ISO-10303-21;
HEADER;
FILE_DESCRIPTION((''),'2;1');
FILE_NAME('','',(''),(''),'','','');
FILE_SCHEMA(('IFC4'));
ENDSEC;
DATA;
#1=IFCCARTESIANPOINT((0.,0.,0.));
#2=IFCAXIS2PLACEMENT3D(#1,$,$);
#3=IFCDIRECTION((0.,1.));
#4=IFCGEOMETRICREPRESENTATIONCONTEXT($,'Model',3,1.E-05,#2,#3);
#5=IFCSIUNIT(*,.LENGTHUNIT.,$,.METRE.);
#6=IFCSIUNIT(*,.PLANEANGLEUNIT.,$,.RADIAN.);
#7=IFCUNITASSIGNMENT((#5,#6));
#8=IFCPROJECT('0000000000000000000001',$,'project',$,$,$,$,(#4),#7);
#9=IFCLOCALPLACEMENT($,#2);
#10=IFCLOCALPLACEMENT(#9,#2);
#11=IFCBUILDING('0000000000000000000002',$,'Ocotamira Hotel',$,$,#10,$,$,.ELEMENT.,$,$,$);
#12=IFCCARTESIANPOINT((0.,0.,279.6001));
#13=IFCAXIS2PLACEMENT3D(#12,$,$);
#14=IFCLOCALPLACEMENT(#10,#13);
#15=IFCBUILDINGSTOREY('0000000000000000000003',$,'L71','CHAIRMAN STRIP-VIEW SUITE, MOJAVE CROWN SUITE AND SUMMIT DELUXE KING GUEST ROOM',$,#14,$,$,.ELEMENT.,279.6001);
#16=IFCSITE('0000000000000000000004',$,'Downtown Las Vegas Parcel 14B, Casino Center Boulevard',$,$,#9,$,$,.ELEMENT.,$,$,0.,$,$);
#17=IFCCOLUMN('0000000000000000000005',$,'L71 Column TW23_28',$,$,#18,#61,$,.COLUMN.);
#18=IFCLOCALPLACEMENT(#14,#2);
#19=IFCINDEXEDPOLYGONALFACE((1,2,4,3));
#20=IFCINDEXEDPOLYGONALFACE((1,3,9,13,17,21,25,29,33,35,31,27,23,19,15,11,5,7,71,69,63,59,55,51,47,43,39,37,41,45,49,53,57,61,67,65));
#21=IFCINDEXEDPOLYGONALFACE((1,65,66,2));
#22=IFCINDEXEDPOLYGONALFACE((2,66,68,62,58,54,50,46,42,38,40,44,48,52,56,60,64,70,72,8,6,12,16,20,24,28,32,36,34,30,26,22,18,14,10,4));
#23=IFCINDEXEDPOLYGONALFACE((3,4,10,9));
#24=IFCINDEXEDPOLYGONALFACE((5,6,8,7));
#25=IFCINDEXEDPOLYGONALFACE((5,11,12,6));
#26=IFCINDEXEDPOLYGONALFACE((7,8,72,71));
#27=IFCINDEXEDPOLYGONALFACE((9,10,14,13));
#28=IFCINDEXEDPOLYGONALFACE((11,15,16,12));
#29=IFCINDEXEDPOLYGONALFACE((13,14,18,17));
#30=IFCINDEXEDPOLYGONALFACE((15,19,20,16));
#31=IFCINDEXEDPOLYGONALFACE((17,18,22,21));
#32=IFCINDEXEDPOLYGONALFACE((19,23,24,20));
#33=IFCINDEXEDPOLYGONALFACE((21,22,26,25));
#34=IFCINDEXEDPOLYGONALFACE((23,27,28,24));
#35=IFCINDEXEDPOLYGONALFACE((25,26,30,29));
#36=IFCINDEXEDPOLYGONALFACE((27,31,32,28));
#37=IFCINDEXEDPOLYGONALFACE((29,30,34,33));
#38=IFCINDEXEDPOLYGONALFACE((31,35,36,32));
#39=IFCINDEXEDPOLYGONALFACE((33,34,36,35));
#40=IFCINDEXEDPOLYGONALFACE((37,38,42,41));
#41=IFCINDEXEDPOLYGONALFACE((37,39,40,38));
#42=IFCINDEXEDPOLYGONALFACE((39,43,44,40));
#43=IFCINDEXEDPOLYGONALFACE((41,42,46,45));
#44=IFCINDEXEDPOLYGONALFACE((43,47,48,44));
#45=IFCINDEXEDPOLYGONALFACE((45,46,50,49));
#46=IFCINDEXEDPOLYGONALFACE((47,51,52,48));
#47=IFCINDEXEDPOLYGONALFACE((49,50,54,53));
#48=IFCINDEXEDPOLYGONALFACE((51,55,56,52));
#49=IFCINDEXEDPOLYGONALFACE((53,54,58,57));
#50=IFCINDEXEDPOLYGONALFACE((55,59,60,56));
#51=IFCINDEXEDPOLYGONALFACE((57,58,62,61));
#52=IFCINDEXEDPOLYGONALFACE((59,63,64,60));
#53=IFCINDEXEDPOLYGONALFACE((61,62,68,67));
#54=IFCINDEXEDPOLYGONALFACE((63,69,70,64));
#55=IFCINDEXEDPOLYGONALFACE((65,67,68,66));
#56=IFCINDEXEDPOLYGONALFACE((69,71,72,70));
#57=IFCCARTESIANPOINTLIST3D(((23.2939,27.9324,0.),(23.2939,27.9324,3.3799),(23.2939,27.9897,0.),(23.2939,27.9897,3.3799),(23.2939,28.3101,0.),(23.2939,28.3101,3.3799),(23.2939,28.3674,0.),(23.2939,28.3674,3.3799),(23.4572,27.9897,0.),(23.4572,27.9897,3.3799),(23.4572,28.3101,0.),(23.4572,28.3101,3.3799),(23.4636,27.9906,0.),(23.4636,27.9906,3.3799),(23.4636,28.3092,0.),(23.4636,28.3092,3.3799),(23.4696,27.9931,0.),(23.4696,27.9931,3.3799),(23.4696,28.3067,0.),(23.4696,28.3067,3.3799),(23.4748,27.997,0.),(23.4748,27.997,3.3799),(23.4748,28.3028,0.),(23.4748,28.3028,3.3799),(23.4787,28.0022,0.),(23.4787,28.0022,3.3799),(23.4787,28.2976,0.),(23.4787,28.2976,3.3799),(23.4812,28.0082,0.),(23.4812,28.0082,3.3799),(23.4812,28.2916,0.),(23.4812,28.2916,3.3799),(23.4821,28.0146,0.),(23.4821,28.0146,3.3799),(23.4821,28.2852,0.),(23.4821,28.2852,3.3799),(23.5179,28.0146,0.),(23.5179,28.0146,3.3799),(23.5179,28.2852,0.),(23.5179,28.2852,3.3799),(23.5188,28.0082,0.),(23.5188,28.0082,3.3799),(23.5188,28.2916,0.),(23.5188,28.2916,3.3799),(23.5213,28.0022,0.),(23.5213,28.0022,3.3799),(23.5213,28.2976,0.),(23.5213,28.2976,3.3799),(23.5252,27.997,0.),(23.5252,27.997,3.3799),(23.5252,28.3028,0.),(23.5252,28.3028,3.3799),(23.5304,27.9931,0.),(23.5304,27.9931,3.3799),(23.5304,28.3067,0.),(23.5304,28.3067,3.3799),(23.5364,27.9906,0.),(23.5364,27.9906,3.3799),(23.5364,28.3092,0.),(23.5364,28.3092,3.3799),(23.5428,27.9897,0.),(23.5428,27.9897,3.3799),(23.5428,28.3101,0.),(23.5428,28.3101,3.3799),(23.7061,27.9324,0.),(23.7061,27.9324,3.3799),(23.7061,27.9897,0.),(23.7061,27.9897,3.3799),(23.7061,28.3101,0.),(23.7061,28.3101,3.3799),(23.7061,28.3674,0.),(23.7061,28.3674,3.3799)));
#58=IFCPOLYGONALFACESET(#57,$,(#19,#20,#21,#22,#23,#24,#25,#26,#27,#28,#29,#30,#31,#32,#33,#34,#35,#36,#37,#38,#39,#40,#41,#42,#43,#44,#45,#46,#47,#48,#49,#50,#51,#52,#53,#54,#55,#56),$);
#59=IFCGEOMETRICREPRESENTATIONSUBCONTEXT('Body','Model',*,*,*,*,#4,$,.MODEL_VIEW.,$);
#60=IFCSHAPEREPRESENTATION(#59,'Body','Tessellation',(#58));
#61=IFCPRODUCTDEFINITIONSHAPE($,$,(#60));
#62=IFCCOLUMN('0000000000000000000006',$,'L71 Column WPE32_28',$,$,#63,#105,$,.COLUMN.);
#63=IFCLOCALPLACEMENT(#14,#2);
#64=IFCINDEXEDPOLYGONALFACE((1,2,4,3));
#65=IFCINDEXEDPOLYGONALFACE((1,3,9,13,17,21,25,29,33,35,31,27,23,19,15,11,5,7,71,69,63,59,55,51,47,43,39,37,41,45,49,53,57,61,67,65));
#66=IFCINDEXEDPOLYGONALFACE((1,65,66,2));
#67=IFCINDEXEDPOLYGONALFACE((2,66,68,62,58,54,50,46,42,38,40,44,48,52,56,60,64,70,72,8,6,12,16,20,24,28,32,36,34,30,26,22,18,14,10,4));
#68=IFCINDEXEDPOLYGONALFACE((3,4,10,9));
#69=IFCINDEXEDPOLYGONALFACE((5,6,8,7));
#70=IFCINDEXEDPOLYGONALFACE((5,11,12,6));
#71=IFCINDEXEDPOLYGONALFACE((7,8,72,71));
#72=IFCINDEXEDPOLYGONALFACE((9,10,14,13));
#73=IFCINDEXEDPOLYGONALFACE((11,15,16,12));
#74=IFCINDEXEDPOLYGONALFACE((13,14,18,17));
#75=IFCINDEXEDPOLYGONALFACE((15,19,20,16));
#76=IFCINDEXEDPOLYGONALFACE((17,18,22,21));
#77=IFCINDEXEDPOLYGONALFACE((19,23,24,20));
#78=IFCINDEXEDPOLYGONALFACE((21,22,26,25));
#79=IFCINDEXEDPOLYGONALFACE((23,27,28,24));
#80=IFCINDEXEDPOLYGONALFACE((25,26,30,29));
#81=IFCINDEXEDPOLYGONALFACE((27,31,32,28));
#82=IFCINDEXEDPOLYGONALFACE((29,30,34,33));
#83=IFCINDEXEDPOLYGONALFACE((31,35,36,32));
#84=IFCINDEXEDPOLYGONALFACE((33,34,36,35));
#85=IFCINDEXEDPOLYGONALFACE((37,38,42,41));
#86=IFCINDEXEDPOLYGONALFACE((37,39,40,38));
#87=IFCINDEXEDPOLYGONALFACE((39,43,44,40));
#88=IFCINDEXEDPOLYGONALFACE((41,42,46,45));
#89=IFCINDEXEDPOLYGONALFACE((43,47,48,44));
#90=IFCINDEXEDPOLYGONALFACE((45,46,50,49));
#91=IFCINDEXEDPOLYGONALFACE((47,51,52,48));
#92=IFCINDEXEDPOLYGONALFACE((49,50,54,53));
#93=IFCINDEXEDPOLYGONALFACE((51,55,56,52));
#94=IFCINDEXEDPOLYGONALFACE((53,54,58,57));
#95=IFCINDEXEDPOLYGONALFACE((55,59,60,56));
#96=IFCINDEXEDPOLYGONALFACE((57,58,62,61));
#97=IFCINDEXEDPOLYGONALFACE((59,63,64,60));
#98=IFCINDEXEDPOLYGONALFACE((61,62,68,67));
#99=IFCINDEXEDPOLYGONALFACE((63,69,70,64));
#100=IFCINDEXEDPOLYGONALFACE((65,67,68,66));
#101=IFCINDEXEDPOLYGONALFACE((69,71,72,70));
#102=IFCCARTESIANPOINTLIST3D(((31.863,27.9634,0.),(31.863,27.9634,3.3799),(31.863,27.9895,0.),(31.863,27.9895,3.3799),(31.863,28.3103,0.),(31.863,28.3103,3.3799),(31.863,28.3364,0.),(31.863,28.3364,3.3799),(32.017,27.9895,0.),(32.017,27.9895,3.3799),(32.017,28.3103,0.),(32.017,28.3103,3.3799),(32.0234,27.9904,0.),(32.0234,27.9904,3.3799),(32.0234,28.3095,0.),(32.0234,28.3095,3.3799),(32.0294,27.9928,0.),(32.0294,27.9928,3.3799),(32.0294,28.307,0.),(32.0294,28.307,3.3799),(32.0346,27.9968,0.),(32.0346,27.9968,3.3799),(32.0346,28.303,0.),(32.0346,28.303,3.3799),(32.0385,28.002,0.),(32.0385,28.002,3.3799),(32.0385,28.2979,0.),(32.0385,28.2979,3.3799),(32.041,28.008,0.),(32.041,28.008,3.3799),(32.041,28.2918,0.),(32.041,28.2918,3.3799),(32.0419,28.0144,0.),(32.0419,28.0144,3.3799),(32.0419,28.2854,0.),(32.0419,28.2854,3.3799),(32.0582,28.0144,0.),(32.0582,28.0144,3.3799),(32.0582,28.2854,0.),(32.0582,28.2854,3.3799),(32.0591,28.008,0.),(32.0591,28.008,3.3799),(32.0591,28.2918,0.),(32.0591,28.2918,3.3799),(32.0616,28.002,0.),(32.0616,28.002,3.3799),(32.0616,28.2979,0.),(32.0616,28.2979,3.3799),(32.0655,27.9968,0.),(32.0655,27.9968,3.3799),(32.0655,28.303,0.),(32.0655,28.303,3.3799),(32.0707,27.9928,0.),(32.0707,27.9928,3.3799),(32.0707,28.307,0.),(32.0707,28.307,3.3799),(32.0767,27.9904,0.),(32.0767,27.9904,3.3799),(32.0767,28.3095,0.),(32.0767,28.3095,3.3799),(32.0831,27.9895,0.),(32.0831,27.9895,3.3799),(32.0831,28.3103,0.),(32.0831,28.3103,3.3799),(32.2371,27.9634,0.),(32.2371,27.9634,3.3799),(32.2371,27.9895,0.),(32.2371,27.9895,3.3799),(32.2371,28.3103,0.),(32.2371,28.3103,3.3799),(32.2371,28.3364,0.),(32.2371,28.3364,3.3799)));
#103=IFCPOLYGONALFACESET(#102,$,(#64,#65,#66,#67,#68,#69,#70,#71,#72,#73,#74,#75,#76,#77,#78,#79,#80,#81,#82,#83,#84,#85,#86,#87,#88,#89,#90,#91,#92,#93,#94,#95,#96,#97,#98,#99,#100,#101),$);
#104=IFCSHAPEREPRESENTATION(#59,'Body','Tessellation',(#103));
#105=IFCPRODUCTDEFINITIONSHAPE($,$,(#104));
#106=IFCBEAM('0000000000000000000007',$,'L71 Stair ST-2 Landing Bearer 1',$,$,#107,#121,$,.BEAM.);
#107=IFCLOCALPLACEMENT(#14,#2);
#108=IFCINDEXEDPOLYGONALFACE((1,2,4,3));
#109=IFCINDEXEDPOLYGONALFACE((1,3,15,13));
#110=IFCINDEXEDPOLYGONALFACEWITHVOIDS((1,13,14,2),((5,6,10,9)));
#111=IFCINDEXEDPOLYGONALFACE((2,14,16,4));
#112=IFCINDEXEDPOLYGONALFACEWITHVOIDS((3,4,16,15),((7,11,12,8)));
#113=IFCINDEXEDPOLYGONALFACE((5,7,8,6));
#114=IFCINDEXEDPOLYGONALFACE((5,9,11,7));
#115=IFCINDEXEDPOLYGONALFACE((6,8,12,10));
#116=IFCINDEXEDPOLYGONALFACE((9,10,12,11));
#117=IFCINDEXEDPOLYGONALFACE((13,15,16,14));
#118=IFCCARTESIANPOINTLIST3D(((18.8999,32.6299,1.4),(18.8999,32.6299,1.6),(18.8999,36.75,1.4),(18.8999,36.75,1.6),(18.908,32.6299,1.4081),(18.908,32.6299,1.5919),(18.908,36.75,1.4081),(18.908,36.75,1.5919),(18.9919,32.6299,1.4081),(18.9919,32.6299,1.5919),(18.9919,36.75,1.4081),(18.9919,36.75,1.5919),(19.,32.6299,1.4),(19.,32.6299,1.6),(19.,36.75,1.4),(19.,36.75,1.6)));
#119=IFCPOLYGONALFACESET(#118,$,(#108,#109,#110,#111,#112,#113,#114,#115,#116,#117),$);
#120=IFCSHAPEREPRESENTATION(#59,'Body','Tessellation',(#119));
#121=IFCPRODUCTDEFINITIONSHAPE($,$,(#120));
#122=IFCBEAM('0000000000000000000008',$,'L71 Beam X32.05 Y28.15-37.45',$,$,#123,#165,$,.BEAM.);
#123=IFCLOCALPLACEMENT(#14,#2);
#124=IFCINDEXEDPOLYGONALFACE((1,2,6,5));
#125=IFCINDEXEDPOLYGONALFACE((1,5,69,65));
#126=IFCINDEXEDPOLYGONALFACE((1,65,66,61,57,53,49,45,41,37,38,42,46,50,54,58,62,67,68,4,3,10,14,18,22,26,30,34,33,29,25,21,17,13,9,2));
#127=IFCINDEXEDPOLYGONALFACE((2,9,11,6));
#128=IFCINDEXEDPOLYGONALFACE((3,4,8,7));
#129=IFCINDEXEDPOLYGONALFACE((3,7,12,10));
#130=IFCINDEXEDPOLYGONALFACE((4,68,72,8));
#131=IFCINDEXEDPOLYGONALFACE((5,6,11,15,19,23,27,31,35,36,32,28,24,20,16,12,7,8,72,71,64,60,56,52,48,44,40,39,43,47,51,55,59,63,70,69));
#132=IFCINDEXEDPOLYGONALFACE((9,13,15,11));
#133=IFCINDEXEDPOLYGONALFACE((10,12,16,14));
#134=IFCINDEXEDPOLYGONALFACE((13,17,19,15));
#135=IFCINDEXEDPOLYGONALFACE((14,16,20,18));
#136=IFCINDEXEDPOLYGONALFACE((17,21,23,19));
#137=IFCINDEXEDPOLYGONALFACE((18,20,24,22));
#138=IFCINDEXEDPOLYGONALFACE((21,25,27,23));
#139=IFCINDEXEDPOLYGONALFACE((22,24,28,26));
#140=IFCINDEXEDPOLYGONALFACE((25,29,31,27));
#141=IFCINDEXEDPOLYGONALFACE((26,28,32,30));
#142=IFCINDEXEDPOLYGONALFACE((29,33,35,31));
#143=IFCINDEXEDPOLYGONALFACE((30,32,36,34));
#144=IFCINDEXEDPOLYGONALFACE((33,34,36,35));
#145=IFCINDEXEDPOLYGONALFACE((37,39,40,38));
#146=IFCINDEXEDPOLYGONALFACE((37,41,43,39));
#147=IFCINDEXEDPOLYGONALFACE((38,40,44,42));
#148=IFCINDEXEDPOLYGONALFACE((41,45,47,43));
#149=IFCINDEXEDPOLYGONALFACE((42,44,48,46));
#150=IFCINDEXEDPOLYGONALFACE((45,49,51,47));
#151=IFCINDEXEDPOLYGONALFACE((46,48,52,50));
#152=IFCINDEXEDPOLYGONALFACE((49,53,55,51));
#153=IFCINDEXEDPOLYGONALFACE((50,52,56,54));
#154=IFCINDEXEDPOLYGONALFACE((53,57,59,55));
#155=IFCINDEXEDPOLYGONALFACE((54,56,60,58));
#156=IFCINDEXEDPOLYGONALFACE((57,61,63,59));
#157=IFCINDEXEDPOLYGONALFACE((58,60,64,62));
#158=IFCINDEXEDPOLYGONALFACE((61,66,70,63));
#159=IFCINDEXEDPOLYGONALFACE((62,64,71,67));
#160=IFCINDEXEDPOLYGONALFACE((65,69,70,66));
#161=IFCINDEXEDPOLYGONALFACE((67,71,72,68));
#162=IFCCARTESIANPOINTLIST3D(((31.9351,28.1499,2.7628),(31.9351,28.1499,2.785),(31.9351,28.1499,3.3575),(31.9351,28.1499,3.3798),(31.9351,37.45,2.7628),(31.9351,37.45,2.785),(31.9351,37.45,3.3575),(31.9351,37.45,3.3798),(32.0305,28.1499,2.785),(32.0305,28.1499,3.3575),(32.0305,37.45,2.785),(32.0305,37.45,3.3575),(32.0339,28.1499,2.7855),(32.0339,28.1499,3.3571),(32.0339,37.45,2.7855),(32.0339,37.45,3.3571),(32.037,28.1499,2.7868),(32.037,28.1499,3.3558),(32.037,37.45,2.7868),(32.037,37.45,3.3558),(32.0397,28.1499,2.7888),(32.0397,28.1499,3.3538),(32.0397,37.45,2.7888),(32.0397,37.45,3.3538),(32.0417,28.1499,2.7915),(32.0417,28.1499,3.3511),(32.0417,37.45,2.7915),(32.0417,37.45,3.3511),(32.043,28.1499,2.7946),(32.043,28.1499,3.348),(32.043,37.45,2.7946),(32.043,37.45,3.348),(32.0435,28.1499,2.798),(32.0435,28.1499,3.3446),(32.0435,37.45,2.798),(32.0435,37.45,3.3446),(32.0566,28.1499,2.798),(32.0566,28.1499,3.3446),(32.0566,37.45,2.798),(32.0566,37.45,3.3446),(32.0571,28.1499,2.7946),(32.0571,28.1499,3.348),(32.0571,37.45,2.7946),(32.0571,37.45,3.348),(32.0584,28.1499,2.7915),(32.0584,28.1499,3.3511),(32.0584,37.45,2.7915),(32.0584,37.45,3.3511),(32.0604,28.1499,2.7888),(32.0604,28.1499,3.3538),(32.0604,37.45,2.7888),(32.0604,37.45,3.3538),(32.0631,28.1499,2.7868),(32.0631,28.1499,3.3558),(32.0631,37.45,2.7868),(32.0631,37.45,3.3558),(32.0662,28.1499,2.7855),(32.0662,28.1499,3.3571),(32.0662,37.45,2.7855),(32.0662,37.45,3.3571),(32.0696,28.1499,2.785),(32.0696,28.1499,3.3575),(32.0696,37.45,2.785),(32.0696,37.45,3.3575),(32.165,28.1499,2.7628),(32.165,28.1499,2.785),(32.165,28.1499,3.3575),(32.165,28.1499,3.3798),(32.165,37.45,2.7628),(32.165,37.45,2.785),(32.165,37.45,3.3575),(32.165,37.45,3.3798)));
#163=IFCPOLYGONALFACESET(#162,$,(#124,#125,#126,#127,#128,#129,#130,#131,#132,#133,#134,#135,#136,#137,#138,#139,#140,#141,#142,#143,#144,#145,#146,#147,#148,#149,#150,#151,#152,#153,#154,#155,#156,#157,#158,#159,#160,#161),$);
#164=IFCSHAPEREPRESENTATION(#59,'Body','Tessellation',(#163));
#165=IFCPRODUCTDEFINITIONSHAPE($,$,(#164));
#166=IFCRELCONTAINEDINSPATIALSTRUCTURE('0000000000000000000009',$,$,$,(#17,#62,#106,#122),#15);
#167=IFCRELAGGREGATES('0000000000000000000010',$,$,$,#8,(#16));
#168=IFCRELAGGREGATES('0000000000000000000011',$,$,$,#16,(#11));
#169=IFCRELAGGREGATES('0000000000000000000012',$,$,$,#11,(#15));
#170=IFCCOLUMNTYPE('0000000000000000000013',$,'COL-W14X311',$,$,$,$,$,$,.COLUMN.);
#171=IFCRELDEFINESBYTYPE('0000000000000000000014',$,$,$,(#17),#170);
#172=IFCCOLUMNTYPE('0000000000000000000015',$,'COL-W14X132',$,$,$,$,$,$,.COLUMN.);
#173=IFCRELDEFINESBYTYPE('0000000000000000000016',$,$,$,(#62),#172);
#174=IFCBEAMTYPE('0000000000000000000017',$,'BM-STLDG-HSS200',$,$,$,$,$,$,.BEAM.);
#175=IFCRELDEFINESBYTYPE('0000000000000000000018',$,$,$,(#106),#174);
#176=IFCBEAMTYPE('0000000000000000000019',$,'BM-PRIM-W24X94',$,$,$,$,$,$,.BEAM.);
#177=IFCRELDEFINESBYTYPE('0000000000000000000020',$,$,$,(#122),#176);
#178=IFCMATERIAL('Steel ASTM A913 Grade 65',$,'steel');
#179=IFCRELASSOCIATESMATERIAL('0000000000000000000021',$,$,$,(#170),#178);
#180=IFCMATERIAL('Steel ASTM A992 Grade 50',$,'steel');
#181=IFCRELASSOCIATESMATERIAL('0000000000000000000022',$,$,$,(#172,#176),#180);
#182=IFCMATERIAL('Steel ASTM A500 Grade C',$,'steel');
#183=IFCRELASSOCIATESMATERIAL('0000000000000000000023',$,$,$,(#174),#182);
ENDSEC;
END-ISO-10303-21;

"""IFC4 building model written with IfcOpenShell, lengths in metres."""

from ifc_helpers import new_model, si_unit, direction, frame, origin, origin_2d, place, context, subcontext, project, spatial, hollow_rectangle, i_section, extrude, source, transform, mapped, material, material_profile, profile_set, type_object, element, save


model = new_model("IFC4")

# Units and contexts
model_context = context("Model", 3, precision=1e-05, world=origin(), true_north=direction((0.0, 1.0)))
body_context = subcontext(model_context, "Body", "Model", "MODEL_VIEW")
ifc_project = project(units=[si_unit("LENGTHUNIT", "METRE"), si_unit("PLANEANGLEUNIT", "RADIAN")], contexts=[model_context])

# Site, building, storey
site_placement = place(None, origin())
site = spatial("IfcSite", under=ifc_project, at=site_placement, Name="Downtown Las Vegas Parcel 14B, Casino Center Boulevard", CompositionType="ELEMENT", RefElevation=0.0)
building_placement = place(site_placement, origin())
building = spatial("IfcBuilding", under=site, at=building_placement, Name="Ocotamira Hotel", CompositionType="ELEMENT")
storey_placement = place(building_placement, frame((0.0, 0.0, 279.6001)))
storey = spatial("IfcBuildingStorey", under=building, at=storey_placement, Name="L71", Description="CHAIRMAN STRIP-VIEW SUITE, MOJAVE CROWN SUITE AND SUMMIT DELUXE KING GUEST ROOM", CompositionType="ELEMENT", Elevation=279.6001)

# Columns
ifc_material_1 = material(Name="Steel ASTM A913 Grade 65", Category="steel")
ifc_material_profile_1 = material_profile(ifc_material_1, i_section(OverallWidth=0.4121, OverallDepth=0.4351, WebThickness=0.0359, FlangeThickness=0.0574, FilletRadius=0.0249, at=origin_2d()), Name="W14X311")
ifc_profile_set_1 = profile_set([ifc_material_profile_1], Name="Steel ASTM A913 Grade 65")
column_type_1 = type_object("IfcColumnType", Name="COL-W14X311", PredefinedType="COLUMN", material=ifc_profile_set_1)
shared_shape_1 = source(origin(), body_context, "Body", "SweptSolid", [
    extrude(i_section(OverallWidth=0.4121, OverallDepth=0.4351, WebThickness=0.0359, FlangeThickness=0.0574, FilletRadius=0.0249, at=origin_2d()), origin(), (0.0, 0.0, 1.0), 3.3799),
])
column_1_placement = place(storey_placement, frame((23.5, 28.1499, 0.0), z_axis=(0.0, 0.0, 1.0), x_axis=(1.0, 0.0, 0.0)))
element("IfcColumn", 1, at=column_1_placement, inside=storey, type_object=column_type_1, Name="L71 Column TW23_28", PredefinedType="COLUMN", context=body_context, shape_type="MappedRepresentation", body=[
    mapped(shared_shape_1, transform((0.0, 0.0, 0.0), scale=1.0)),
])
ifc_material_2 = material(Name="Steel ASTM A992 Grade 50", Category="steel")
ifc_material_profile_2 = material_profile(ifc_material_2, i_section(OverallWidth=0.374, OverallDepth=0.373, WebThickness=0.0164, FlangeThickness=0.0261, FilletRadius=0.0249, at=origin_2d()), Name="W14X132")
ifc_profile_set_2 = profile_set([ifc_material_profile_2], Name="Steel ASTM A992 Grade 50")
column_type_2 = type_object("IfcColumnType", Name="COL-W14X132", PredefinedType="COLUMN", material=ifc_profile_set_2)
shared_shape_2 = source(origin(), body_context, "Body", "SweptSolid", [
    extrude(i_section(OverallWidth=0.374, OverallDepth=0.373, WebThickness=0.0164, FlangeThickness=0.0261, FilletRadius=0.0249, at=origin_2d()), origin(), (0.0, 0.0, 1.0), 3.3799),
])
column_2_placement = place(storey_placement, frame((32.05, 28.1499, 0.0), z_axis=(0.0, 0.0, 1.0), x_axis=(1.0, 0.0, 0.0)))
element("IfcColumn", 2, at=column_2_placement, inside=storey, type_object=column_type_2, Name="L71 Column WPE32_28", PredefinedType="COLUMN", context=body_context, shape_type="MappedRepresentation", body=[
    mapped(shared_shape_2, transform((0.0, 0.0, 0.0), scale=1.0)),
])

# Beams
ifc_material_3 = material(Name="Steel ASTM A500 Grade C", Category="steel")
ifc_material_profile_3 = material_profile(ifc_material_3, hollow_rectangle(XDim=0.1001, YDim=0.2, WallThickness=0.0081, at=origin_2d()), Name="HSS200X100X8")
ifc_profile_set_3 = profile_set([ifc_material_profile_3], Name="Steel ASTM A500 Grade C")
beam_type_1 = type_object("IfcBeamType", Name="BM-STLDG-HSS200", PredefinedType="BEAM", material=ifc_profile_set_3)
shared_shape_3 = source(origin(), body_context, "Body", "SweptSolid", [
    extrude(hollow_rectangle(XDim=0.1001, YDim=0.2, WallThickness=0.0081, at=origin_2d()), origin(), (0.0, 0.0, 1.0), 4.1201),
])
beam_1_placement = place(storey_placement, frame((18.95, 32.6299, 1.5), z_axis=(0.0, 1.0, 0.0), x_axis=(-1.0, 0.0, 0.0)))
element("IfcBeam", 3, at=beam_1_placement, inside=storey, type_object=beam_type_1, Name="L71 Stair ST-2 Landing Bearer 1", PredefinedType="BEAM", context=body_context, shape_type="MappedRepresentation", body=[
    mapped(shared_shape_3, transform((0.0, 0.0, 0.0), scale=1.0)),
])
ifc_material_profile_4 = material_profile(ifc_material_2, i_section(OverallWidth=0.23, OverallDepth=0.6169, WebThickness=0.0132, FlangeThickness=0.0222, FilletRadius=0.0129, at=origin_2d()), Name="W24X94")
ifc_profile_set_4 = profile_set([ifc_material_profile_4], Name="Steel ASTM A992 Grade 50")
beam_type_2 = type_object("IfcBeamType", Name="BM-PRIM-W24X94", PredefinedType="BEAM", material=ifc_profile_set_4)
shared_shape_4 = source(origin(), body_context, "Body", "SweptSolid", [
    extrude(i_section(OverallWidth=0.23, OverallDepth=0.6169, WebThickness=0.0132, FlangeThickness=0.0222, FilletRadius=0.0129, at=origin_2d()), origin(), (0.0, 0.0, 1.0), 9.3),
])
beam_2_placement = place(storey_placement, frame((32.05, 28.1499, 3.0713), z_axis=(0.0, 1.0, 0.0), x_axis=(-1.0, 0.0, 0.0)))
element("IfcBeam", 4, at=beam_2_placement, inside=storey, type_object=beam_type_2, Name="L71 Beam X32.05 Y28.15-37.45", PredefinedType="BEAM", context=body_context, shape_type="MappedRepresentation", body=[
    mapped(shared_shape_4, transform((0.0, 0.0, 0.0), scale=1.0)),
])

save(model, "model.ifc")
